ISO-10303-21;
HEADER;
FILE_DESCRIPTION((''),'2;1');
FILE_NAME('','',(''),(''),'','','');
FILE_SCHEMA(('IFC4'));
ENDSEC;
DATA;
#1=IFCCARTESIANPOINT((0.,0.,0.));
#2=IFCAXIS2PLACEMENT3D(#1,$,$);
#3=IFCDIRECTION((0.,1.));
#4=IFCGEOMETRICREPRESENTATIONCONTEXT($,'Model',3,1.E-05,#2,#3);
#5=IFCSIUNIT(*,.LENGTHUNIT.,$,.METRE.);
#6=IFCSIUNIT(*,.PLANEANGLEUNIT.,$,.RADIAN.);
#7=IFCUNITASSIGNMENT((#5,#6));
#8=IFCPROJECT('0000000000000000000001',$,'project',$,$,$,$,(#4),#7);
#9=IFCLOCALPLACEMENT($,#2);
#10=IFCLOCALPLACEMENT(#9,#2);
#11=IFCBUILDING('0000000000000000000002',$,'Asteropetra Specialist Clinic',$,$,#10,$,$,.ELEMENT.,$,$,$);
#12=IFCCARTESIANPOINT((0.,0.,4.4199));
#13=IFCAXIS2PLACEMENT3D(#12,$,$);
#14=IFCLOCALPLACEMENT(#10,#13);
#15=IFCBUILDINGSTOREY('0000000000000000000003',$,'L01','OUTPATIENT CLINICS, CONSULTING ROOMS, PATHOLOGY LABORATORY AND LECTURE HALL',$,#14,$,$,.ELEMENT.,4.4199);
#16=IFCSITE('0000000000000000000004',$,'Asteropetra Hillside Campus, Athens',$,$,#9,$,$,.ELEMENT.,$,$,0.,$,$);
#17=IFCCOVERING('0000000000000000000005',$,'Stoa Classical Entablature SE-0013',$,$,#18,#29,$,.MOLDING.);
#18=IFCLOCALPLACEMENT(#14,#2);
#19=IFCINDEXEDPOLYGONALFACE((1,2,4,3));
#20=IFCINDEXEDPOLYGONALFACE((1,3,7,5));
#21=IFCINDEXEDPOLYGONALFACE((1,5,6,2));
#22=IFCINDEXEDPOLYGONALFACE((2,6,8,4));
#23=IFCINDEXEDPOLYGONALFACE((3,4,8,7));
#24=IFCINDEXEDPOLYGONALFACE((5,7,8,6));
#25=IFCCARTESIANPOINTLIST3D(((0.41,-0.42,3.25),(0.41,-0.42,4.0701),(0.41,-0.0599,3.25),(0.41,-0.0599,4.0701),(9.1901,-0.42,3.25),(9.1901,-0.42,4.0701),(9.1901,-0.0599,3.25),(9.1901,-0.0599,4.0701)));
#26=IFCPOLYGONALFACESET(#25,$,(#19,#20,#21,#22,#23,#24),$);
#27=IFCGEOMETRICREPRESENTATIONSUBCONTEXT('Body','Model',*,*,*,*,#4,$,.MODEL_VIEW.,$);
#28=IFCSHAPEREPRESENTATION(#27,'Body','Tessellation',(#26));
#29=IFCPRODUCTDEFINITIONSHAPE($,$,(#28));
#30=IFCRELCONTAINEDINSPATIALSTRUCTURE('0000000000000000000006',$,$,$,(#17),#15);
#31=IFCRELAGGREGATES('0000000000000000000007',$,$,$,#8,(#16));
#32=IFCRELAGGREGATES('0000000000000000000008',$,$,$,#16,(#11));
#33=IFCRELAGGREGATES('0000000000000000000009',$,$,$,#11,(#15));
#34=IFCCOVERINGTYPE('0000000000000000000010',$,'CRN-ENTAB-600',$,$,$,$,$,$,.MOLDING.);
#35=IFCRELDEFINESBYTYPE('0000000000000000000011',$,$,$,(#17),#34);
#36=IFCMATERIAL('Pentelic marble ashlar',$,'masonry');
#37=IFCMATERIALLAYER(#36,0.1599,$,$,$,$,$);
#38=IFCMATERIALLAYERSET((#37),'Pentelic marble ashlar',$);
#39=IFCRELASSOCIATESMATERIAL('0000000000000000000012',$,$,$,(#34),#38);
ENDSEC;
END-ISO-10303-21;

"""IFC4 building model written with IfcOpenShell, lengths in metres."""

from ifc_helpers import new_model, si_unit, direction, frame, origin, origin_2d, place, context, subcontext, project, spatial, rectangle, extrude, material, layer, layer_set, type_object, element, save


model = new_model("IFC4")

# Units and contexts
model_context = context("Model", 3, precision=1e-05, world=origin(), true_north=direction((0.0, 1.0)))
body_context = subcontext(model_context, "Body", "Model", "MODEL_VIEW")
ifc_project = project(units=[si_unit("LENGTHUNIT", "METRE"), si_unit("PLANEANGLEUNIT", "RADIAN")], contexts=[model_context])

# Site, building, storey
site_placement = place(None, origin())
site = spatial("IfcSite", under=ifc_project, at=site_placement, Name="Asteropetra Hillside Campus, Athens", CompositionType="ELEMENT", RefElevation=0.0)
building_placement = place(site_placement, origin())
building = spatial("IfcBuilding", under=site, at=building_placement, Name="Asteropetra Specialist Clinic", CompositionType="ELEMENT")
storey_placement = place(building_placement, frame((0.0, 0.0, 4.4199)))
storey = spatial("IfcBuildingStorey", under=building, at=storey_placement, Name="L01", Description="OUTPATIENT CLINICS, CONSULTING ROOMS, PATHOLOGY LABORATORY AND LECTURE HALL", CompositionType="ELEMENT", Elevation=4.4199)

# Covering
ifc_material_1 = material(Name="Pentelic marble ashlar", Category="masonry")
ifc_layer_1 = layer(ifc_material_1, 0.1599)
ifc_layer_set_1 = layer_set([ifc_layer_1], Name="Pentelic marble ashlar")
covering_type = type_object("IfcCoveringType", Name="CRN-ENTAB-600", PredefinedType="MOLDING", material=ifc_layer_set_1)
covering_placement = place(storey_placement, frame((4.8, -0.24, 3.25), z_axis=(0.0, 0.0, 1.0), x_axis=(1.0, 0.0, 0.0)))
element("IfcCovering", 1, at=covering_placement, inside=storey, type_object=covering_type, Name="Stoa Classical Entablature SE-0013", PredefinedType="MOLDING", context=body_context, shape_type="SweptSolid", body=[
    extrude(rectangle(XDim=8.78, YDim=0.3601, at=origin_2d()), origin(), (0.0, 0.0, 1.0), 0.8201),
])

save(model, "model.ifc")
